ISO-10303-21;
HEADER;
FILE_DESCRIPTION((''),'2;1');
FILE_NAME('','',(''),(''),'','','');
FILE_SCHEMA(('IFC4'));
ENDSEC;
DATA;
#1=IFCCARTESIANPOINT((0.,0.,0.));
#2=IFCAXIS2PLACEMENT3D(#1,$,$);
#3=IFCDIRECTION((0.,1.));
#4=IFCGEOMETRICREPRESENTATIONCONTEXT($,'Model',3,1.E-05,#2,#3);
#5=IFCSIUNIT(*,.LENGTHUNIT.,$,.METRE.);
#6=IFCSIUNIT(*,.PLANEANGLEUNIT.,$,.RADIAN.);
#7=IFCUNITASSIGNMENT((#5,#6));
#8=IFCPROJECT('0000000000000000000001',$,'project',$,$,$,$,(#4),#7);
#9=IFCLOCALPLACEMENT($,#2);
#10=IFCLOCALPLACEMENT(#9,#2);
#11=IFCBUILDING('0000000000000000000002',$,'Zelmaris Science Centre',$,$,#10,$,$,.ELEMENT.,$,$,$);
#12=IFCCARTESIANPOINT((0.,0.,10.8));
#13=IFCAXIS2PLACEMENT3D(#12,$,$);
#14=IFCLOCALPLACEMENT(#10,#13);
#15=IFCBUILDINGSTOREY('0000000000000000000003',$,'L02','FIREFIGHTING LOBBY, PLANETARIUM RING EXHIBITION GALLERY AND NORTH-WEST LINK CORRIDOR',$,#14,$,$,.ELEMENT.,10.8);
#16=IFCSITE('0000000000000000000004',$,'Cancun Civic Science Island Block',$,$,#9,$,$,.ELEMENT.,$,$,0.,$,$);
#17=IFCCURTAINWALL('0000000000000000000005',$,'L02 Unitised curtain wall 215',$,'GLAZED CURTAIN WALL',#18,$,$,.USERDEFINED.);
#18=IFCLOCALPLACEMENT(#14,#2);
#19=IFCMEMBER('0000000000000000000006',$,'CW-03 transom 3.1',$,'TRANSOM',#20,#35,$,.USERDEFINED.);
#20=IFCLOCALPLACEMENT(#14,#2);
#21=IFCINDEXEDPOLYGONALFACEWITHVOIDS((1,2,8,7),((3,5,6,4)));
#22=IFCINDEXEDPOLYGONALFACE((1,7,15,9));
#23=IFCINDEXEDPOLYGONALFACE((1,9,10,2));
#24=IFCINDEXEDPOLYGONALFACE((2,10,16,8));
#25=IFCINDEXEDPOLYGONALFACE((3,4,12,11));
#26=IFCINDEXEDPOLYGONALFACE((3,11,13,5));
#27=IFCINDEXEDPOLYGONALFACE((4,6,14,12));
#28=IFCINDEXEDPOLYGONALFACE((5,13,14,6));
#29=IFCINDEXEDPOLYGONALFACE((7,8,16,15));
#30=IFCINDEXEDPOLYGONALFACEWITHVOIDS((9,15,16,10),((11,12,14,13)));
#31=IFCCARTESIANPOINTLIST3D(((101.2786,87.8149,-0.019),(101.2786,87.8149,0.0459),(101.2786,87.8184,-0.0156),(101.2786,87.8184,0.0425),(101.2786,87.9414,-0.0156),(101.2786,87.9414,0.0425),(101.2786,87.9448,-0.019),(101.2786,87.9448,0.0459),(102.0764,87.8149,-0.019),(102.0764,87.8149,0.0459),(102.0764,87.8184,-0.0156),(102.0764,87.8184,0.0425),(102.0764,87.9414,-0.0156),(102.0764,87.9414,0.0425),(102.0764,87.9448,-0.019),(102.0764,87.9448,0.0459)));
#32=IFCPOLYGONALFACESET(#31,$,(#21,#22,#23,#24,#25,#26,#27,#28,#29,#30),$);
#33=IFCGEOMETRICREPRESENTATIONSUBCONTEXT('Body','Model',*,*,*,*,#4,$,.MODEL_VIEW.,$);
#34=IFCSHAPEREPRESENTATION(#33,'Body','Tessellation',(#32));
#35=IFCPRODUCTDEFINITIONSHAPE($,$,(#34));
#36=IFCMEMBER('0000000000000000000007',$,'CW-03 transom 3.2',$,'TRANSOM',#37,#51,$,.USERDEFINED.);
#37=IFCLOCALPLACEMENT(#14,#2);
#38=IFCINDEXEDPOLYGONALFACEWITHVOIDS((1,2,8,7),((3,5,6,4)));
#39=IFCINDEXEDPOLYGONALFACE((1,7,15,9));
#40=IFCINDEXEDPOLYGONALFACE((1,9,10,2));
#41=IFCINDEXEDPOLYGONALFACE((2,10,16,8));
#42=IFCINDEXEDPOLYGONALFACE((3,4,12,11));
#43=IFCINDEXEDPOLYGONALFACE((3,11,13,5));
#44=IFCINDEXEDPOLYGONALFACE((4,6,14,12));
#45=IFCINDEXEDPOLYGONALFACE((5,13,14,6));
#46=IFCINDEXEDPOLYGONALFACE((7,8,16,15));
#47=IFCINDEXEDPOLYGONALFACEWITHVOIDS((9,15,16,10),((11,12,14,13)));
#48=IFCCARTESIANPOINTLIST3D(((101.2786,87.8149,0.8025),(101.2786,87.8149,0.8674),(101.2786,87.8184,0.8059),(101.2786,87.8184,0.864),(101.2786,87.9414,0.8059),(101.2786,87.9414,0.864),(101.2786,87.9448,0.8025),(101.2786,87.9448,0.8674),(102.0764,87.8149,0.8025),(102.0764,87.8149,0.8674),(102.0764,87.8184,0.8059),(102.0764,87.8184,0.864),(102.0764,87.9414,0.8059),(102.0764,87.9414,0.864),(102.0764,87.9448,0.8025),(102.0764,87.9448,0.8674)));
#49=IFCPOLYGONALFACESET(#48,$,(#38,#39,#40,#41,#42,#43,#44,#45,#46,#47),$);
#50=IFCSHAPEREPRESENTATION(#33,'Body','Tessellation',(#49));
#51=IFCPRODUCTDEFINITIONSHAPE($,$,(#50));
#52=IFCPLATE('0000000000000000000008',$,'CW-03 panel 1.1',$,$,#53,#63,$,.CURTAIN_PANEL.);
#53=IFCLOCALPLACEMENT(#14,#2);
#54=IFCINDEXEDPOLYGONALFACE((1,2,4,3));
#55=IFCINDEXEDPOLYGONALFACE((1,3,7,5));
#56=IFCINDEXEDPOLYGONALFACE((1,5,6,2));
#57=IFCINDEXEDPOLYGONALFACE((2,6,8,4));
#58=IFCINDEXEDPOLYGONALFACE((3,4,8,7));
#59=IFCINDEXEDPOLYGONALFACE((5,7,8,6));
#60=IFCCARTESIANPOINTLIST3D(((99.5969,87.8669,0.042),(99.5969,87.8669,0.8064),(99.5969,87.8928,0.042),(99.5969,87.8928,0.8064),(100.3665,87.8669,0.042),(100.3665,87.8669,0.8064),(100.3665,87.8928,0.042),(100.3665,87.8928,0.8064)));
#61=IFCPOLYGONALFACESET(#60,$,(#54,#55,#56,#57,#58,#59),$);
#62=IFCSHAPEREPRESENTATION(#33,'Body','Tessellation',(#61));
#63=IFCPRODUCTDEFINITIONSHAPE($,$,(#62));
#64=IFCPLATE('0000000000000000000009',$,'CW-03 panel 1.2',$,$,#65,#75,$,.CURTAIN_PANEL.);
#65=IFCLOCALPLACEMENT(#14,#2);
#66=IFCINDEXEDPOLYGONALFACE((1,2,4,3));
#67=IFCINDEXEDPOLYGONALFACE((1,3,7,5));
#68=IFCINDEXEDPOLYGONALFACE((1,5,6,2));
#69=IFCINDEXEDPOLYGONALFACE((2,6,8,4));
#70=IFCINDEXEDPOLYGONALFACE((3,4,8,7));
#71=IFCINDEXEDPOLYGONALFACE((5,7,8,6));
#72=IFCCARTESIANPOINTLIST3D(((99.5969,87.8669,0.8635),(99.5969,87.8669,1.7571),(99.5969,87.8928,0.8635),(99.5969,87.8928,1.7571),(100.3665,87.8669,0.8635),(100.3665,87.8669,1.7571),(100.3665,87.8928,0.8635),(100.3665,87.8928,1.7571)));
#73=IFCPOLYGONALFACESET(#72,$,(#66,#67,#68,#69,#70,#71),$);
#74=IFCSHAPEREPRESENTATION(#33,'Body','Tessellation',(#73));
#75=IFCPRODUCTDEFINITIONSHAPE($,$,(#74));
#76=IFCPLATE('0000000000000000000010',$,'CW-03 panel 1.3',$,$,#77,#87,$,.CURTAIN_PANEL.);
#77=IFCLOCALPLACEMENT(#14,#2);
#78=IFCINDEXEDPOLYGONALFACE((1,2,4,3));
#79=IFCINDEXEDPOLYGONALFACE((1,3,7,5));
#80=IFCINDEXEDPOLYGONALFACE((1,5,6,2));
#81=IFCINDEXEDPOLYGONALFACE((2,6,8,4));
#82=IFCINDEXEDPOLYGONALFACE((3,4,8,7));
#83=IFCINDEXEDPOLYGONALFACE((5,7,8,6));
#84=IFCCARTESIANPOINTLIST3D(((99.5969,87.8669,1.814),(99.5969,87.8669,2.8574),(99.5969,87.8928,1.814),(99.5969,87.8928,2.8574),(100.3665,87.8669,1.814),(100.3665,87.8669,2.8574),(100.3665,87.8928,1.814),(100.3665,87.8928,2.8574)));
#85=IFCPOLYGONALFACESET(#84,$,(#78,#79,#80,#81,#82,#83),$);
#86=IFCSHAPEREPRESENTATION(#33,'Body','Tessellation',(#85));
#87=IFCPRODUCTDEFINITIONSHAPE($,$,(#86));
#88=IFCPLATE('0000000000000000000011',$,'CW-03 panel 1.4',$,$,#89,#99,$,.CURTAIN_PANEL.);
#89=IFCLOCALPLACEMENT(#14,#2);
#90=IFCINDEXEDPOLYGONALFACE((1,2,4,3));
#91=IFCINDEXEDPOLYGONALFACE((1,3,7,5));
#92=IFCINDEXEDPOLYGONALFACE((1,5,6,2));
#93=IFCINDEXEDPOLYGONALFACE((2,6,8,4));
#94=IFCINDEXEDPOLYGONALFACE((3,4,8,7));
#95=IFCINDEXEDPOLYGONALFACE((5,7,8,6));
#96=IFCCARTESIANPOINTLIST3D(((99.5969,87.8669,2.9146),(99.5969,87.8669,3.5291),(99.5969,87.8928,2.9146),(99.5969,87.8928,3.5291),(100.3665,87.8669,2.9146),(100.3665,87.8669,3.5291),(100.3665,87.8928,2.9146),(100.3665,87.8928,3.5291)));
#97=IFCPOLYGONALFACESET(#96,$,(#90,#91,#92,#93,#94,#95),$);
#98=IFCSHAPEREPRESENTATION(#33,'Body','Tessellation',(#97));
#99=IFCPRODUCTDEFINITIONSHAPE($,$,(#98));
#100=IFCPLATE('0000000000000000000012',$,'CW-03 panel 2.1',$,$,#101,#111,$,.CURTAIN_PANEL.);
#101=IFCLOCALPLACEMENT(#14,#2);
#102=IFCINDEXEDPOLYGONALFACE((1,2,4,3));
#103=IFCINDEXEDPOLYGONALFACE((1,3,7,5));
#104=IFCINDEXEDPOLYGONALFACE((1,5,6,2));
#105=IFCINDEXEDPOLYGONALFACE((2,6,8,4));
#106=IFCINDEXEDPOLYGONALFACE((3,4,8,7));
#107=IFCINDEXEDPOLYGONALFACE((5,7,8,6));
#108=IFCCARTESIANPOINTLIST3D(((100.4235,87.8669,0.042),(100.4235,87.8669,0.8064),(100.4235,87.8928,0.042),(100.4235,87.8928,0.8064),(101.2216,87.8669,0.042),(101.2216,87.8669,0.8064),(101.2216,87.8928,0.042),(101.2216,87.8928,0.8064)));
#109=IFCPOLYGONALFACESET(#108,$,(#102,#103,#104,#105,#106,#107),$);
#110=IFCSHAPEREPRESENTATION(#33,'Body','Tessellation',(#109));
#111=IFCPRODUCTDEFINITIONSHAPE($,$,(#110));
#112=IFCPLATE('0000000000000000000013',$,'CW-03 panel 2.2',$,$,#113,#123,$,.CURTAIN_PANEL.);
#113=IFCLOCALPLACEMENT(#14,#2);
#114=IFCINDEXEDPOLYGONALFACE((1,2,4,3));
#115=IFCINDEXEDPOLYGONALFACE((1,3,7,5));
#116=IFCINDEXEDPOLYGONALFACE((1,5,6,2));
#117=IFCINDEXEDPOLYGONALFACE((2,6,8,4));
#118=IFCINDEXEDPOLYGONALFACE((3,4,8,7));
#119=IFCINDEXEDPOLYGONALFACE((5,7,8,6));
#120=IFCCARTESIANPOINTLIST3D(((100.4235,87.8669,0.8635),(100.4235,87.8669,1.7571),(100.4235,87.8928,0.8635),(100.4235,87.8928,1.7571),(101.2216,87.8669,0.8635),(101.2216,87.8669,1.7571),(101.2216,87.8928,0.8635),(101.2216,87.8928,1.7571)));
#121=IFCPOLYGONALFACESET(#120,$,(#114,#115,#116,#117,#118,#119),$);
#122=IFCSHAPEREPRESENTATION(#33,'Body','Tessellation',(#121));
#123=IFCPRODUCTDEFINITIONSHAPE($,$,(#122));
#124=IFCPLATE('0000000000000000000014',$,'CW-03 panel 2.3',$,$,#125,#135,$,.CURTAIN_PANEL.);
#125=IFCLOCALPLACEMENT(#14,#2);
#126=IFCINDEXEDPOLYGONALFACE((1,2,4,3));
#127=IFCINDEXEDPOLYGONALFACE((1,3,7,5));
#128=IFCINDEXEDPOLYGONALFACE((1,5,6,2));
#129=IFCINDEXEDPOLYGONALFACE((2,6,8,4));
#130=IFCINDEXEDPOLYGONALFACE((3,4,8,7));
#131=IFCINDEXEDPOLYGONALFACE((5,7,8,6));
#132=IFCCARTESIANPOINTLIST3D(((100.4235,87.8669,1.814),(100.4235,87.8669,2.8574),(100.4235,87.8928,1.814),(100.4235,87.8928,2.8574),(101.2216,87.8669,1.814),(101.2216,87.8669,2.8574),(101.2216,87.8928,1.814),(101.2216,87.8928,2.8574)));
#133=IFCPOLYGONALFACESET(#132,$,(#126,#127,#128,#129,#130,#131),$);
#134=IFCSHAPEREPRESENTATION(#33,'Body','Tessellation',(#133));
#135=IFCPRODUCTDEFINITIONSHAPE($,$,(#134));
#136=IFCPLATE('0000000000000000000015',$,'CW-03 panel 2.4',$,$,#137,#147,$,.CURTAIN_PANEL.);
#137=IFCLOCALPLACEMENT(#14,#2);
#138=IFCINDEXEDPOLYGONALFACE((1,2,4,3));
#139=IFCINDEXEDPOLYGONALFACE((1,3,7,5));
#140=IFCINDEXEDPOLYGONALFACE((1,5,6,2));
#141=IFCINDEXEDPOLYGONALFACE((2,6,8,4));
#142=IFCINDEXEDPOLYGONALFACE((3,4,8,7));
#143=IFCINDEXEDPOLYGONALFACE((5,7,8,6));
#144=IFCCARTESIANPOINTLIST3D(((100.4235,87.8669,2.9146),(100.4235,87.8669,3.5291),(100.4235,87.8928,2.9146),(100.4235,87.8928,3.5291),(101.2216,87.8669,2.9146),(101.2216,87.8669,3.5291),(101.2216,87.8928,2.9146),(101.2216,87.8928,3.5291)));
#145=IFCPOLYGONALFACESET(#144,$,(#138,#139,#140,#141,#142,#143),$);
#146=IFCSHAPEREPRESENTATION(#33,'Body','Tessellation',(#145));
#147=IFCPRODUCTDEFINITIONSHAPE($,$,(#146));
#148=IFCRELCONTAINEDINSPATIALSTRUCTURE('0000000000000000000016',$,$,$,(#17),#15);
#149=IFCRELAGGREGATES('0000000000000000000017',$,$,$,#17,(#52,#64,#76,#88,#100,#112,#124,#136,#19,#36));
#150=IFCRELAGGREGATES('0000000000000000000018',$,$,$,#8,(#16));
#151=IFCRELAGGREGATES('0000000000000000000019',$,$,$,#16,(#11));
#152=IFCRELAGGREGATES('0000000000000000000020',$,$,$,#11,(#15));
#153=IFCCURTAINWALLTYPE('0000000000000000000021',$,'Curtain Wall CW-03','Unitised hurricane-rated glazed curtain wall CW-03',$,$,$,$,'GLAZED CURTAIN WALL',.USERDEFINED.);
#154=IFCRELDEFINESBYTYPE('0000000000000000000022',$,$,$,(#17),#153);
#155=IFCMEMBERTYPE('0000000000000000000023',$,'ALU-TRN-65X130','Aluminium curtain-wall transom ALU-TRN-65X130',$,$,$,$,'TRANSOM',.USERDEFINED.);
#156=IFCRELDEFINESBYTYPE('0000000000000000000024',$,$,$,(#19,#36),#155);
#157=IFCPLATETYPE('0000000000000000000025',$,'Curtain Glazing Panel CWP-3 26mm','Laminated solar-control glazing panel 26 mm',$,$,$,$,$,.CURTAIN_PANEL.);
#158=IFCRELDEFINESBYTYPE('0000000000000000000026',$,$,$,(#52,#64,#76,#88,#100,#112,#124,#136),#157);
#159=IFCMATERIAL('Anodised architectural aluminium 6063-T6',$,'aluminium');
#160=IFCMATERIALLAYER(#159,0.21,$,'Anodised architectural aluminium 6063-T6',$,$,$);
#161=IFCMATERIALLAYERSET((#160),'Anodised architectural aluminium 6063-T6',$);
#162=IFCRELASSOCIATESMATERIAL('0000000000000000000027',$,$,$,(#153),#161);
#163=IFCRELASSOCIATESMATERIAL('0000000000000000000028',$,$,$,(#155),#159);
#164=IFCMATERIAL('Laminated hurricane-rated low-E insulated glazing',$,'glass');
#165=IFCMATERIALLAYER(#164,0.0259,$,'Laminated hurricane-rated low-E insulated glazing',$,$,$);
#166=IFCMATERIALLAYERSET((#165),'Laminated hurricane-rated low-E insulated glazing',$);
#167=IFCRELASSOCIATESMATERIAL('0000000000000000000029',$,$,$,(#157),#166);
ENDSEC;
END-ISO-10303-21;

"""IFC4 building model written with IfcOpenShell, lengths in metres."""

from ifc_helpers import new_model, si_unit, direction, frame, origin, origin_2d, place, context, subcontext, project, spatial, rectangle, hollow_rectangle, extrude, material, layer, layer_set, material_profile, profile_set, type_object, element, aggregate, save


model = new_model("IFC4")

# Units and contexts
model_context = context("Model", 3, precision=1e-05, world=origin(), true_north=direction((0.0, 1.0)))
body_context = subcontext(model_context, "Body", "Model", "MODEL_VIEW")
ifc_project = project(units=[si_unit("LENGTHUNIT", "METRE"), si_unit("PLANEANGLEUNIT", "RADIAN")], contexts=[model_context])

# Site, building, storey
site_placement = place(None, origin())
site = spatial("IfcSite", under=ifc_project, at=site_placement, Name="Cancun Civic Science Island Block", CompositionType="ELEMENT", RefElevation=0.0)
building_placement = place(site_placement, origin())
building = spatial("IfcBuilding", under=site, at=building_placement, Name="Zelmaris Science Centre", CompositionType="ELEMENT")
storey_placement = place(building_placement, frame((0.0, 0.0, 10.8)))
storey = spatial("IfcBuildingStorey", under=building, at=storey_placement, Name="L02", Description="FIREFIGHTING LOBBY, PLANETARIUM RING EXHIBITION GALLERY AND NORTH-WEST LINK CORRIDOR", CompositionType="ELEMENT", Elevation=10.8)

# Curtain wall, members, plates
ifc_material_1 = material(Name="Anodised architectural aluminium 6063-T6", Category="aluminium")
ifc_layer_1 = layer(ifc_material_1, 0.21, Name="Anodised architectural aluminium 6063-T6")
ifc_layer_set_1 = layer_set([ifc_layer_1], Name="Anodised architectural aluminium 6063-T6")
curtain_wall_type = type_object("IfcCurtainWallType", Name="Curtain Wall CW-03", Description="Unitised hurricane-rated glazed curtain wall CW-03", ElementType="GLAZED CURTAIN WALL", PredefinedType="USERDEFINED", material=ifc_layer_set_1)
curtain_wall_placement = place(storey_placement, origin())
curtain_wall = element("IfcCurtainWall", 1, at=curtain_wall_placement, inside=storey, type_object=curtain_wall_type, Name="L02 Unitised curtain wall 215", ObjectType="GLAZED CURTAIN WALL", PredefinedType="USERDEFINED")
ifc_material_profile_1 = material_profile(ifc_material_1, hollow_rectangle(XDim=0.0649, YDim=0.1299, WallThickness=0.0034, at=origin_2d()), Name="ALU-TRN-65X130")
ifc_profile_set_1 = profile_set([ifc_material_profile_1], Name="Anodised architectural aluminium 6063-T6")
member_type_1 = type_object("IfcMemberType", Name="ALU-TRN-65X130", Description="Aluminium curtain-wall transom ALU-TRN-65X130", ElementType="TRANSOM", PredefinedType="USERDEFINED", material=ifc_profile_set_1)
member_1_placement = place(storey_placement, frame((101.2786, 87.8799, 0.0134), z_axis=(1.0, 0.0, 0.0), x_axis=(0.0, 0.0, 1.0)))
member_1 = element("IfcMember", 2, at=member_1_placement, type_object=member_type_1, Name="CW-03 transom 3.1", ObjectType="TRANSOM", PredefinedType="USERDEFINED", context=body_context, shape_type="SweptSolid", body=[
    extrude(hollow_rectangle(XDim=0.0649, YDim=0.1299, WallThickness=0.0034, at=origin_2d()), origin(), (0.0, 0.0, 1.0), 0.7979),
])
member_2_placement = place(storey_placement, frame((101.2786, 87.8799, 0.835), z_axis=(1.0, 0.0, 0.0), x_axis=(0.0, 0.0, 1.0)))
member_2 = element("IfcMember", 3, at=member_2_placement, type_object=member_type_1, Name="CW-03 transom 3.2", ObjectType="TRANSOM", PredefinedType="USERDEFINED", context=body_context, shape_type="SweptSolid", body=[
    extrude(hollow_rectangle(XDim=0.0649, YDim=0.1299, WallThickness=0.0034, at=origin_2d()), origin(), (0.0, 0.0, 1.0), 0.7979),
])
ifc_material_2 = material(Name="Laminated hurricane-rated low-E insulated glazing", Category="glass")
ifc_layer_2 = layer(ifc_material_2, 0.0259, Name="Laminated hurricane-rated low-E insulated glazing")
ifc_layer_set_2 = layer_set([ifc_layer_2], Name="Laminated hurricane-rated low-E insulated glazing")
plate_type = type_object("IfcPlateType", Name="Curtain Glazing Panel CWP-3 26mm", Description="Laminated solar-control glazing panel 26 mm", PredefinedType="CURTAIN_PANEL", material=ifc_layer_set_2)
plate_1_placement = place(storey_placement, frame((99.9817, 87.8799, 0.042), z_axis=(0.0, 0.0, 1.0), x_axis=(1.0, 0.0, 0.0)))
plate_1 = element("IfcPlate", 4, at=plate_1_placement, type_object=plate_type, Name="CW-03 panel 1.1", PredefinedType="CURTAIN_PANEL", context=body_context, shape_type="SweptSolid", body=[
    extrude(rectangle(XDim=0.7695, YDim=0.0259, at=origin_2d()), origin(), (0.0, 0.0, 1.0), 0.7644),
])
plate_2_placement = place(storey_placement, frame((99.9817, 87.8799, 0.8635), z_axis=(0.0, 0.0, 1.0), x_axis=(1.0, 0.0, 0.0)))
plate_2 = element("IfcPlate", 5, at=plate_2_placement, type_object=plate_type, Name="CW-03 panel 1.2", PredefinedType="CURTAIN_PANEL", context=body_context, shape_type="SweptSolid", body=[
    extrude(rectangle(XDim=0.7695, YDim=0.0259, at=origin_2d()), origin(), (0.0, 0.0, 1.0), 0.8936),
])
plate_3_placement = place(storey_placement, frame((99.9817, 87.8799, 1.814), z_axis=(0.0, 0.0, 1.0), x_axis=(1.0, 0.0, 0.0)))
plate_3 = element("IfcPlate", 6, at=plate_3_placement, type_object=plate_type, Name="CW-03 panel 1.3", PredefinedType="CURTAIN_PANEL", context=body_context, shape_type="SweptSolid", body=[
    extrude(rectangle(XDim=0.7695, YDim=0.0259, at=origin_2d()), origin(), (0.0, 0.0, 1.0), 1.0435),
])
plate_4_placement = place(storey_placement, frame((99.9817, 87.8799, 2.9146), z_axis=(0.0, 0.0, 1.0), x_axis=(1.0, 0.0, 0.0)))
plate_4 = element("IfcPlate", 7, at=plate_4_placement, type_object=plate_type, Name="CW-03 panel 1.4", PredefinedType="CURTAIN_PANEL", context=body_context, shape_type="SweptSolid", body=[
    extrude(rectangle(XDim=0.7695, YDim=0.0259, at=origin_2d()), origin(), (0.0, 0.0, 1.0), 0.6145),
])
plate_5_placement = place(storey_placement, frame((100.8225, 87.8799, 0.042), z_axis=(0.0, 0.0, 1.0), x_axis=(1.0, 0.0, 0.0)))
plate_5 = element("IfcPlate", 8, at=plate_5_placement, type_object=plate_type, Name="CW-03 panel 2.1", PredefinedType="CURTAIN_PANEL", context=body_context, shape_type="SweptSolid", body=[
    extrude(rectangle(XDim=0.7981, YDim=0.0259, at=origin_2d()), origin(), (0.0, 0.0, 1.0), 0.7644),
])
plate_6_placement = place(storey_placement, frame((100.8225, 87.8799, 0.8635), z_axis=(0.0, 0.0, 1.0), x_axis=(1.0, 0.0, 0.0)))
plate_6 = element("IfcPlate", 9, at=plate_6_placement, type_object=plate_type, Name="CW-03 panel 2.2", PredefinedType="CURTAIN_PANEL", context=body_context, shape_type="SweptSolid", body=[
    extrude(rectangle(XDim=0.7981, YDim=0.0259, at=origin_2d()), origin(), (0.0, 0.0, 1.0), 0.8936),
])
plate_7_placement = place(storey_placement, frame((100.8225, 87.8799, 1.814), z_axis=(0.0, 0.0, 1.0), x_axis=(1.0, 0.0, 0.0)))
plate_7 = element("IfcPlate", 10, at=plate_7_placement, type_object=plate_type, Name="CW-03 panel 2.3", PredefinedType="CURTAIN_PANEL", context=body_context, shape_type="SweptSolid", body=[
    extrude(rectangle(XDim=0.7981, YDim=0.0259, at=origin_2d()), origin(), (0.0, 0.0, 1.0), 1.0435),
])
plate_8_placement = place(storey_placement, frame((100.8225, 87.8799, 2.9146), z_axis=(0.0, 0.0, 1.0), x_axis=(1.0, 0.0, 0.0)))
plate_8 = element("IfcPlate", 11, at=plate_8_placement, type_object=plate_type, Name="CW-03 panel 2.4", PredefinedType="CURTAIN_PANEL", context=body_context, shape_type="SweptSolid", body=[
    extrude(rectangle(XDim=0.7981, YDim=0.0259, at=origin_2d()), origin(), (0.0, 0.0, 1.0), 0.6145),
])
aggregate(curtain_wall, [plate_1, plate_2, plate_3, plate_4, plate_5, plate_6, plate_7, plate_8, member_1, member_2])

save(model, "model.ifc")
